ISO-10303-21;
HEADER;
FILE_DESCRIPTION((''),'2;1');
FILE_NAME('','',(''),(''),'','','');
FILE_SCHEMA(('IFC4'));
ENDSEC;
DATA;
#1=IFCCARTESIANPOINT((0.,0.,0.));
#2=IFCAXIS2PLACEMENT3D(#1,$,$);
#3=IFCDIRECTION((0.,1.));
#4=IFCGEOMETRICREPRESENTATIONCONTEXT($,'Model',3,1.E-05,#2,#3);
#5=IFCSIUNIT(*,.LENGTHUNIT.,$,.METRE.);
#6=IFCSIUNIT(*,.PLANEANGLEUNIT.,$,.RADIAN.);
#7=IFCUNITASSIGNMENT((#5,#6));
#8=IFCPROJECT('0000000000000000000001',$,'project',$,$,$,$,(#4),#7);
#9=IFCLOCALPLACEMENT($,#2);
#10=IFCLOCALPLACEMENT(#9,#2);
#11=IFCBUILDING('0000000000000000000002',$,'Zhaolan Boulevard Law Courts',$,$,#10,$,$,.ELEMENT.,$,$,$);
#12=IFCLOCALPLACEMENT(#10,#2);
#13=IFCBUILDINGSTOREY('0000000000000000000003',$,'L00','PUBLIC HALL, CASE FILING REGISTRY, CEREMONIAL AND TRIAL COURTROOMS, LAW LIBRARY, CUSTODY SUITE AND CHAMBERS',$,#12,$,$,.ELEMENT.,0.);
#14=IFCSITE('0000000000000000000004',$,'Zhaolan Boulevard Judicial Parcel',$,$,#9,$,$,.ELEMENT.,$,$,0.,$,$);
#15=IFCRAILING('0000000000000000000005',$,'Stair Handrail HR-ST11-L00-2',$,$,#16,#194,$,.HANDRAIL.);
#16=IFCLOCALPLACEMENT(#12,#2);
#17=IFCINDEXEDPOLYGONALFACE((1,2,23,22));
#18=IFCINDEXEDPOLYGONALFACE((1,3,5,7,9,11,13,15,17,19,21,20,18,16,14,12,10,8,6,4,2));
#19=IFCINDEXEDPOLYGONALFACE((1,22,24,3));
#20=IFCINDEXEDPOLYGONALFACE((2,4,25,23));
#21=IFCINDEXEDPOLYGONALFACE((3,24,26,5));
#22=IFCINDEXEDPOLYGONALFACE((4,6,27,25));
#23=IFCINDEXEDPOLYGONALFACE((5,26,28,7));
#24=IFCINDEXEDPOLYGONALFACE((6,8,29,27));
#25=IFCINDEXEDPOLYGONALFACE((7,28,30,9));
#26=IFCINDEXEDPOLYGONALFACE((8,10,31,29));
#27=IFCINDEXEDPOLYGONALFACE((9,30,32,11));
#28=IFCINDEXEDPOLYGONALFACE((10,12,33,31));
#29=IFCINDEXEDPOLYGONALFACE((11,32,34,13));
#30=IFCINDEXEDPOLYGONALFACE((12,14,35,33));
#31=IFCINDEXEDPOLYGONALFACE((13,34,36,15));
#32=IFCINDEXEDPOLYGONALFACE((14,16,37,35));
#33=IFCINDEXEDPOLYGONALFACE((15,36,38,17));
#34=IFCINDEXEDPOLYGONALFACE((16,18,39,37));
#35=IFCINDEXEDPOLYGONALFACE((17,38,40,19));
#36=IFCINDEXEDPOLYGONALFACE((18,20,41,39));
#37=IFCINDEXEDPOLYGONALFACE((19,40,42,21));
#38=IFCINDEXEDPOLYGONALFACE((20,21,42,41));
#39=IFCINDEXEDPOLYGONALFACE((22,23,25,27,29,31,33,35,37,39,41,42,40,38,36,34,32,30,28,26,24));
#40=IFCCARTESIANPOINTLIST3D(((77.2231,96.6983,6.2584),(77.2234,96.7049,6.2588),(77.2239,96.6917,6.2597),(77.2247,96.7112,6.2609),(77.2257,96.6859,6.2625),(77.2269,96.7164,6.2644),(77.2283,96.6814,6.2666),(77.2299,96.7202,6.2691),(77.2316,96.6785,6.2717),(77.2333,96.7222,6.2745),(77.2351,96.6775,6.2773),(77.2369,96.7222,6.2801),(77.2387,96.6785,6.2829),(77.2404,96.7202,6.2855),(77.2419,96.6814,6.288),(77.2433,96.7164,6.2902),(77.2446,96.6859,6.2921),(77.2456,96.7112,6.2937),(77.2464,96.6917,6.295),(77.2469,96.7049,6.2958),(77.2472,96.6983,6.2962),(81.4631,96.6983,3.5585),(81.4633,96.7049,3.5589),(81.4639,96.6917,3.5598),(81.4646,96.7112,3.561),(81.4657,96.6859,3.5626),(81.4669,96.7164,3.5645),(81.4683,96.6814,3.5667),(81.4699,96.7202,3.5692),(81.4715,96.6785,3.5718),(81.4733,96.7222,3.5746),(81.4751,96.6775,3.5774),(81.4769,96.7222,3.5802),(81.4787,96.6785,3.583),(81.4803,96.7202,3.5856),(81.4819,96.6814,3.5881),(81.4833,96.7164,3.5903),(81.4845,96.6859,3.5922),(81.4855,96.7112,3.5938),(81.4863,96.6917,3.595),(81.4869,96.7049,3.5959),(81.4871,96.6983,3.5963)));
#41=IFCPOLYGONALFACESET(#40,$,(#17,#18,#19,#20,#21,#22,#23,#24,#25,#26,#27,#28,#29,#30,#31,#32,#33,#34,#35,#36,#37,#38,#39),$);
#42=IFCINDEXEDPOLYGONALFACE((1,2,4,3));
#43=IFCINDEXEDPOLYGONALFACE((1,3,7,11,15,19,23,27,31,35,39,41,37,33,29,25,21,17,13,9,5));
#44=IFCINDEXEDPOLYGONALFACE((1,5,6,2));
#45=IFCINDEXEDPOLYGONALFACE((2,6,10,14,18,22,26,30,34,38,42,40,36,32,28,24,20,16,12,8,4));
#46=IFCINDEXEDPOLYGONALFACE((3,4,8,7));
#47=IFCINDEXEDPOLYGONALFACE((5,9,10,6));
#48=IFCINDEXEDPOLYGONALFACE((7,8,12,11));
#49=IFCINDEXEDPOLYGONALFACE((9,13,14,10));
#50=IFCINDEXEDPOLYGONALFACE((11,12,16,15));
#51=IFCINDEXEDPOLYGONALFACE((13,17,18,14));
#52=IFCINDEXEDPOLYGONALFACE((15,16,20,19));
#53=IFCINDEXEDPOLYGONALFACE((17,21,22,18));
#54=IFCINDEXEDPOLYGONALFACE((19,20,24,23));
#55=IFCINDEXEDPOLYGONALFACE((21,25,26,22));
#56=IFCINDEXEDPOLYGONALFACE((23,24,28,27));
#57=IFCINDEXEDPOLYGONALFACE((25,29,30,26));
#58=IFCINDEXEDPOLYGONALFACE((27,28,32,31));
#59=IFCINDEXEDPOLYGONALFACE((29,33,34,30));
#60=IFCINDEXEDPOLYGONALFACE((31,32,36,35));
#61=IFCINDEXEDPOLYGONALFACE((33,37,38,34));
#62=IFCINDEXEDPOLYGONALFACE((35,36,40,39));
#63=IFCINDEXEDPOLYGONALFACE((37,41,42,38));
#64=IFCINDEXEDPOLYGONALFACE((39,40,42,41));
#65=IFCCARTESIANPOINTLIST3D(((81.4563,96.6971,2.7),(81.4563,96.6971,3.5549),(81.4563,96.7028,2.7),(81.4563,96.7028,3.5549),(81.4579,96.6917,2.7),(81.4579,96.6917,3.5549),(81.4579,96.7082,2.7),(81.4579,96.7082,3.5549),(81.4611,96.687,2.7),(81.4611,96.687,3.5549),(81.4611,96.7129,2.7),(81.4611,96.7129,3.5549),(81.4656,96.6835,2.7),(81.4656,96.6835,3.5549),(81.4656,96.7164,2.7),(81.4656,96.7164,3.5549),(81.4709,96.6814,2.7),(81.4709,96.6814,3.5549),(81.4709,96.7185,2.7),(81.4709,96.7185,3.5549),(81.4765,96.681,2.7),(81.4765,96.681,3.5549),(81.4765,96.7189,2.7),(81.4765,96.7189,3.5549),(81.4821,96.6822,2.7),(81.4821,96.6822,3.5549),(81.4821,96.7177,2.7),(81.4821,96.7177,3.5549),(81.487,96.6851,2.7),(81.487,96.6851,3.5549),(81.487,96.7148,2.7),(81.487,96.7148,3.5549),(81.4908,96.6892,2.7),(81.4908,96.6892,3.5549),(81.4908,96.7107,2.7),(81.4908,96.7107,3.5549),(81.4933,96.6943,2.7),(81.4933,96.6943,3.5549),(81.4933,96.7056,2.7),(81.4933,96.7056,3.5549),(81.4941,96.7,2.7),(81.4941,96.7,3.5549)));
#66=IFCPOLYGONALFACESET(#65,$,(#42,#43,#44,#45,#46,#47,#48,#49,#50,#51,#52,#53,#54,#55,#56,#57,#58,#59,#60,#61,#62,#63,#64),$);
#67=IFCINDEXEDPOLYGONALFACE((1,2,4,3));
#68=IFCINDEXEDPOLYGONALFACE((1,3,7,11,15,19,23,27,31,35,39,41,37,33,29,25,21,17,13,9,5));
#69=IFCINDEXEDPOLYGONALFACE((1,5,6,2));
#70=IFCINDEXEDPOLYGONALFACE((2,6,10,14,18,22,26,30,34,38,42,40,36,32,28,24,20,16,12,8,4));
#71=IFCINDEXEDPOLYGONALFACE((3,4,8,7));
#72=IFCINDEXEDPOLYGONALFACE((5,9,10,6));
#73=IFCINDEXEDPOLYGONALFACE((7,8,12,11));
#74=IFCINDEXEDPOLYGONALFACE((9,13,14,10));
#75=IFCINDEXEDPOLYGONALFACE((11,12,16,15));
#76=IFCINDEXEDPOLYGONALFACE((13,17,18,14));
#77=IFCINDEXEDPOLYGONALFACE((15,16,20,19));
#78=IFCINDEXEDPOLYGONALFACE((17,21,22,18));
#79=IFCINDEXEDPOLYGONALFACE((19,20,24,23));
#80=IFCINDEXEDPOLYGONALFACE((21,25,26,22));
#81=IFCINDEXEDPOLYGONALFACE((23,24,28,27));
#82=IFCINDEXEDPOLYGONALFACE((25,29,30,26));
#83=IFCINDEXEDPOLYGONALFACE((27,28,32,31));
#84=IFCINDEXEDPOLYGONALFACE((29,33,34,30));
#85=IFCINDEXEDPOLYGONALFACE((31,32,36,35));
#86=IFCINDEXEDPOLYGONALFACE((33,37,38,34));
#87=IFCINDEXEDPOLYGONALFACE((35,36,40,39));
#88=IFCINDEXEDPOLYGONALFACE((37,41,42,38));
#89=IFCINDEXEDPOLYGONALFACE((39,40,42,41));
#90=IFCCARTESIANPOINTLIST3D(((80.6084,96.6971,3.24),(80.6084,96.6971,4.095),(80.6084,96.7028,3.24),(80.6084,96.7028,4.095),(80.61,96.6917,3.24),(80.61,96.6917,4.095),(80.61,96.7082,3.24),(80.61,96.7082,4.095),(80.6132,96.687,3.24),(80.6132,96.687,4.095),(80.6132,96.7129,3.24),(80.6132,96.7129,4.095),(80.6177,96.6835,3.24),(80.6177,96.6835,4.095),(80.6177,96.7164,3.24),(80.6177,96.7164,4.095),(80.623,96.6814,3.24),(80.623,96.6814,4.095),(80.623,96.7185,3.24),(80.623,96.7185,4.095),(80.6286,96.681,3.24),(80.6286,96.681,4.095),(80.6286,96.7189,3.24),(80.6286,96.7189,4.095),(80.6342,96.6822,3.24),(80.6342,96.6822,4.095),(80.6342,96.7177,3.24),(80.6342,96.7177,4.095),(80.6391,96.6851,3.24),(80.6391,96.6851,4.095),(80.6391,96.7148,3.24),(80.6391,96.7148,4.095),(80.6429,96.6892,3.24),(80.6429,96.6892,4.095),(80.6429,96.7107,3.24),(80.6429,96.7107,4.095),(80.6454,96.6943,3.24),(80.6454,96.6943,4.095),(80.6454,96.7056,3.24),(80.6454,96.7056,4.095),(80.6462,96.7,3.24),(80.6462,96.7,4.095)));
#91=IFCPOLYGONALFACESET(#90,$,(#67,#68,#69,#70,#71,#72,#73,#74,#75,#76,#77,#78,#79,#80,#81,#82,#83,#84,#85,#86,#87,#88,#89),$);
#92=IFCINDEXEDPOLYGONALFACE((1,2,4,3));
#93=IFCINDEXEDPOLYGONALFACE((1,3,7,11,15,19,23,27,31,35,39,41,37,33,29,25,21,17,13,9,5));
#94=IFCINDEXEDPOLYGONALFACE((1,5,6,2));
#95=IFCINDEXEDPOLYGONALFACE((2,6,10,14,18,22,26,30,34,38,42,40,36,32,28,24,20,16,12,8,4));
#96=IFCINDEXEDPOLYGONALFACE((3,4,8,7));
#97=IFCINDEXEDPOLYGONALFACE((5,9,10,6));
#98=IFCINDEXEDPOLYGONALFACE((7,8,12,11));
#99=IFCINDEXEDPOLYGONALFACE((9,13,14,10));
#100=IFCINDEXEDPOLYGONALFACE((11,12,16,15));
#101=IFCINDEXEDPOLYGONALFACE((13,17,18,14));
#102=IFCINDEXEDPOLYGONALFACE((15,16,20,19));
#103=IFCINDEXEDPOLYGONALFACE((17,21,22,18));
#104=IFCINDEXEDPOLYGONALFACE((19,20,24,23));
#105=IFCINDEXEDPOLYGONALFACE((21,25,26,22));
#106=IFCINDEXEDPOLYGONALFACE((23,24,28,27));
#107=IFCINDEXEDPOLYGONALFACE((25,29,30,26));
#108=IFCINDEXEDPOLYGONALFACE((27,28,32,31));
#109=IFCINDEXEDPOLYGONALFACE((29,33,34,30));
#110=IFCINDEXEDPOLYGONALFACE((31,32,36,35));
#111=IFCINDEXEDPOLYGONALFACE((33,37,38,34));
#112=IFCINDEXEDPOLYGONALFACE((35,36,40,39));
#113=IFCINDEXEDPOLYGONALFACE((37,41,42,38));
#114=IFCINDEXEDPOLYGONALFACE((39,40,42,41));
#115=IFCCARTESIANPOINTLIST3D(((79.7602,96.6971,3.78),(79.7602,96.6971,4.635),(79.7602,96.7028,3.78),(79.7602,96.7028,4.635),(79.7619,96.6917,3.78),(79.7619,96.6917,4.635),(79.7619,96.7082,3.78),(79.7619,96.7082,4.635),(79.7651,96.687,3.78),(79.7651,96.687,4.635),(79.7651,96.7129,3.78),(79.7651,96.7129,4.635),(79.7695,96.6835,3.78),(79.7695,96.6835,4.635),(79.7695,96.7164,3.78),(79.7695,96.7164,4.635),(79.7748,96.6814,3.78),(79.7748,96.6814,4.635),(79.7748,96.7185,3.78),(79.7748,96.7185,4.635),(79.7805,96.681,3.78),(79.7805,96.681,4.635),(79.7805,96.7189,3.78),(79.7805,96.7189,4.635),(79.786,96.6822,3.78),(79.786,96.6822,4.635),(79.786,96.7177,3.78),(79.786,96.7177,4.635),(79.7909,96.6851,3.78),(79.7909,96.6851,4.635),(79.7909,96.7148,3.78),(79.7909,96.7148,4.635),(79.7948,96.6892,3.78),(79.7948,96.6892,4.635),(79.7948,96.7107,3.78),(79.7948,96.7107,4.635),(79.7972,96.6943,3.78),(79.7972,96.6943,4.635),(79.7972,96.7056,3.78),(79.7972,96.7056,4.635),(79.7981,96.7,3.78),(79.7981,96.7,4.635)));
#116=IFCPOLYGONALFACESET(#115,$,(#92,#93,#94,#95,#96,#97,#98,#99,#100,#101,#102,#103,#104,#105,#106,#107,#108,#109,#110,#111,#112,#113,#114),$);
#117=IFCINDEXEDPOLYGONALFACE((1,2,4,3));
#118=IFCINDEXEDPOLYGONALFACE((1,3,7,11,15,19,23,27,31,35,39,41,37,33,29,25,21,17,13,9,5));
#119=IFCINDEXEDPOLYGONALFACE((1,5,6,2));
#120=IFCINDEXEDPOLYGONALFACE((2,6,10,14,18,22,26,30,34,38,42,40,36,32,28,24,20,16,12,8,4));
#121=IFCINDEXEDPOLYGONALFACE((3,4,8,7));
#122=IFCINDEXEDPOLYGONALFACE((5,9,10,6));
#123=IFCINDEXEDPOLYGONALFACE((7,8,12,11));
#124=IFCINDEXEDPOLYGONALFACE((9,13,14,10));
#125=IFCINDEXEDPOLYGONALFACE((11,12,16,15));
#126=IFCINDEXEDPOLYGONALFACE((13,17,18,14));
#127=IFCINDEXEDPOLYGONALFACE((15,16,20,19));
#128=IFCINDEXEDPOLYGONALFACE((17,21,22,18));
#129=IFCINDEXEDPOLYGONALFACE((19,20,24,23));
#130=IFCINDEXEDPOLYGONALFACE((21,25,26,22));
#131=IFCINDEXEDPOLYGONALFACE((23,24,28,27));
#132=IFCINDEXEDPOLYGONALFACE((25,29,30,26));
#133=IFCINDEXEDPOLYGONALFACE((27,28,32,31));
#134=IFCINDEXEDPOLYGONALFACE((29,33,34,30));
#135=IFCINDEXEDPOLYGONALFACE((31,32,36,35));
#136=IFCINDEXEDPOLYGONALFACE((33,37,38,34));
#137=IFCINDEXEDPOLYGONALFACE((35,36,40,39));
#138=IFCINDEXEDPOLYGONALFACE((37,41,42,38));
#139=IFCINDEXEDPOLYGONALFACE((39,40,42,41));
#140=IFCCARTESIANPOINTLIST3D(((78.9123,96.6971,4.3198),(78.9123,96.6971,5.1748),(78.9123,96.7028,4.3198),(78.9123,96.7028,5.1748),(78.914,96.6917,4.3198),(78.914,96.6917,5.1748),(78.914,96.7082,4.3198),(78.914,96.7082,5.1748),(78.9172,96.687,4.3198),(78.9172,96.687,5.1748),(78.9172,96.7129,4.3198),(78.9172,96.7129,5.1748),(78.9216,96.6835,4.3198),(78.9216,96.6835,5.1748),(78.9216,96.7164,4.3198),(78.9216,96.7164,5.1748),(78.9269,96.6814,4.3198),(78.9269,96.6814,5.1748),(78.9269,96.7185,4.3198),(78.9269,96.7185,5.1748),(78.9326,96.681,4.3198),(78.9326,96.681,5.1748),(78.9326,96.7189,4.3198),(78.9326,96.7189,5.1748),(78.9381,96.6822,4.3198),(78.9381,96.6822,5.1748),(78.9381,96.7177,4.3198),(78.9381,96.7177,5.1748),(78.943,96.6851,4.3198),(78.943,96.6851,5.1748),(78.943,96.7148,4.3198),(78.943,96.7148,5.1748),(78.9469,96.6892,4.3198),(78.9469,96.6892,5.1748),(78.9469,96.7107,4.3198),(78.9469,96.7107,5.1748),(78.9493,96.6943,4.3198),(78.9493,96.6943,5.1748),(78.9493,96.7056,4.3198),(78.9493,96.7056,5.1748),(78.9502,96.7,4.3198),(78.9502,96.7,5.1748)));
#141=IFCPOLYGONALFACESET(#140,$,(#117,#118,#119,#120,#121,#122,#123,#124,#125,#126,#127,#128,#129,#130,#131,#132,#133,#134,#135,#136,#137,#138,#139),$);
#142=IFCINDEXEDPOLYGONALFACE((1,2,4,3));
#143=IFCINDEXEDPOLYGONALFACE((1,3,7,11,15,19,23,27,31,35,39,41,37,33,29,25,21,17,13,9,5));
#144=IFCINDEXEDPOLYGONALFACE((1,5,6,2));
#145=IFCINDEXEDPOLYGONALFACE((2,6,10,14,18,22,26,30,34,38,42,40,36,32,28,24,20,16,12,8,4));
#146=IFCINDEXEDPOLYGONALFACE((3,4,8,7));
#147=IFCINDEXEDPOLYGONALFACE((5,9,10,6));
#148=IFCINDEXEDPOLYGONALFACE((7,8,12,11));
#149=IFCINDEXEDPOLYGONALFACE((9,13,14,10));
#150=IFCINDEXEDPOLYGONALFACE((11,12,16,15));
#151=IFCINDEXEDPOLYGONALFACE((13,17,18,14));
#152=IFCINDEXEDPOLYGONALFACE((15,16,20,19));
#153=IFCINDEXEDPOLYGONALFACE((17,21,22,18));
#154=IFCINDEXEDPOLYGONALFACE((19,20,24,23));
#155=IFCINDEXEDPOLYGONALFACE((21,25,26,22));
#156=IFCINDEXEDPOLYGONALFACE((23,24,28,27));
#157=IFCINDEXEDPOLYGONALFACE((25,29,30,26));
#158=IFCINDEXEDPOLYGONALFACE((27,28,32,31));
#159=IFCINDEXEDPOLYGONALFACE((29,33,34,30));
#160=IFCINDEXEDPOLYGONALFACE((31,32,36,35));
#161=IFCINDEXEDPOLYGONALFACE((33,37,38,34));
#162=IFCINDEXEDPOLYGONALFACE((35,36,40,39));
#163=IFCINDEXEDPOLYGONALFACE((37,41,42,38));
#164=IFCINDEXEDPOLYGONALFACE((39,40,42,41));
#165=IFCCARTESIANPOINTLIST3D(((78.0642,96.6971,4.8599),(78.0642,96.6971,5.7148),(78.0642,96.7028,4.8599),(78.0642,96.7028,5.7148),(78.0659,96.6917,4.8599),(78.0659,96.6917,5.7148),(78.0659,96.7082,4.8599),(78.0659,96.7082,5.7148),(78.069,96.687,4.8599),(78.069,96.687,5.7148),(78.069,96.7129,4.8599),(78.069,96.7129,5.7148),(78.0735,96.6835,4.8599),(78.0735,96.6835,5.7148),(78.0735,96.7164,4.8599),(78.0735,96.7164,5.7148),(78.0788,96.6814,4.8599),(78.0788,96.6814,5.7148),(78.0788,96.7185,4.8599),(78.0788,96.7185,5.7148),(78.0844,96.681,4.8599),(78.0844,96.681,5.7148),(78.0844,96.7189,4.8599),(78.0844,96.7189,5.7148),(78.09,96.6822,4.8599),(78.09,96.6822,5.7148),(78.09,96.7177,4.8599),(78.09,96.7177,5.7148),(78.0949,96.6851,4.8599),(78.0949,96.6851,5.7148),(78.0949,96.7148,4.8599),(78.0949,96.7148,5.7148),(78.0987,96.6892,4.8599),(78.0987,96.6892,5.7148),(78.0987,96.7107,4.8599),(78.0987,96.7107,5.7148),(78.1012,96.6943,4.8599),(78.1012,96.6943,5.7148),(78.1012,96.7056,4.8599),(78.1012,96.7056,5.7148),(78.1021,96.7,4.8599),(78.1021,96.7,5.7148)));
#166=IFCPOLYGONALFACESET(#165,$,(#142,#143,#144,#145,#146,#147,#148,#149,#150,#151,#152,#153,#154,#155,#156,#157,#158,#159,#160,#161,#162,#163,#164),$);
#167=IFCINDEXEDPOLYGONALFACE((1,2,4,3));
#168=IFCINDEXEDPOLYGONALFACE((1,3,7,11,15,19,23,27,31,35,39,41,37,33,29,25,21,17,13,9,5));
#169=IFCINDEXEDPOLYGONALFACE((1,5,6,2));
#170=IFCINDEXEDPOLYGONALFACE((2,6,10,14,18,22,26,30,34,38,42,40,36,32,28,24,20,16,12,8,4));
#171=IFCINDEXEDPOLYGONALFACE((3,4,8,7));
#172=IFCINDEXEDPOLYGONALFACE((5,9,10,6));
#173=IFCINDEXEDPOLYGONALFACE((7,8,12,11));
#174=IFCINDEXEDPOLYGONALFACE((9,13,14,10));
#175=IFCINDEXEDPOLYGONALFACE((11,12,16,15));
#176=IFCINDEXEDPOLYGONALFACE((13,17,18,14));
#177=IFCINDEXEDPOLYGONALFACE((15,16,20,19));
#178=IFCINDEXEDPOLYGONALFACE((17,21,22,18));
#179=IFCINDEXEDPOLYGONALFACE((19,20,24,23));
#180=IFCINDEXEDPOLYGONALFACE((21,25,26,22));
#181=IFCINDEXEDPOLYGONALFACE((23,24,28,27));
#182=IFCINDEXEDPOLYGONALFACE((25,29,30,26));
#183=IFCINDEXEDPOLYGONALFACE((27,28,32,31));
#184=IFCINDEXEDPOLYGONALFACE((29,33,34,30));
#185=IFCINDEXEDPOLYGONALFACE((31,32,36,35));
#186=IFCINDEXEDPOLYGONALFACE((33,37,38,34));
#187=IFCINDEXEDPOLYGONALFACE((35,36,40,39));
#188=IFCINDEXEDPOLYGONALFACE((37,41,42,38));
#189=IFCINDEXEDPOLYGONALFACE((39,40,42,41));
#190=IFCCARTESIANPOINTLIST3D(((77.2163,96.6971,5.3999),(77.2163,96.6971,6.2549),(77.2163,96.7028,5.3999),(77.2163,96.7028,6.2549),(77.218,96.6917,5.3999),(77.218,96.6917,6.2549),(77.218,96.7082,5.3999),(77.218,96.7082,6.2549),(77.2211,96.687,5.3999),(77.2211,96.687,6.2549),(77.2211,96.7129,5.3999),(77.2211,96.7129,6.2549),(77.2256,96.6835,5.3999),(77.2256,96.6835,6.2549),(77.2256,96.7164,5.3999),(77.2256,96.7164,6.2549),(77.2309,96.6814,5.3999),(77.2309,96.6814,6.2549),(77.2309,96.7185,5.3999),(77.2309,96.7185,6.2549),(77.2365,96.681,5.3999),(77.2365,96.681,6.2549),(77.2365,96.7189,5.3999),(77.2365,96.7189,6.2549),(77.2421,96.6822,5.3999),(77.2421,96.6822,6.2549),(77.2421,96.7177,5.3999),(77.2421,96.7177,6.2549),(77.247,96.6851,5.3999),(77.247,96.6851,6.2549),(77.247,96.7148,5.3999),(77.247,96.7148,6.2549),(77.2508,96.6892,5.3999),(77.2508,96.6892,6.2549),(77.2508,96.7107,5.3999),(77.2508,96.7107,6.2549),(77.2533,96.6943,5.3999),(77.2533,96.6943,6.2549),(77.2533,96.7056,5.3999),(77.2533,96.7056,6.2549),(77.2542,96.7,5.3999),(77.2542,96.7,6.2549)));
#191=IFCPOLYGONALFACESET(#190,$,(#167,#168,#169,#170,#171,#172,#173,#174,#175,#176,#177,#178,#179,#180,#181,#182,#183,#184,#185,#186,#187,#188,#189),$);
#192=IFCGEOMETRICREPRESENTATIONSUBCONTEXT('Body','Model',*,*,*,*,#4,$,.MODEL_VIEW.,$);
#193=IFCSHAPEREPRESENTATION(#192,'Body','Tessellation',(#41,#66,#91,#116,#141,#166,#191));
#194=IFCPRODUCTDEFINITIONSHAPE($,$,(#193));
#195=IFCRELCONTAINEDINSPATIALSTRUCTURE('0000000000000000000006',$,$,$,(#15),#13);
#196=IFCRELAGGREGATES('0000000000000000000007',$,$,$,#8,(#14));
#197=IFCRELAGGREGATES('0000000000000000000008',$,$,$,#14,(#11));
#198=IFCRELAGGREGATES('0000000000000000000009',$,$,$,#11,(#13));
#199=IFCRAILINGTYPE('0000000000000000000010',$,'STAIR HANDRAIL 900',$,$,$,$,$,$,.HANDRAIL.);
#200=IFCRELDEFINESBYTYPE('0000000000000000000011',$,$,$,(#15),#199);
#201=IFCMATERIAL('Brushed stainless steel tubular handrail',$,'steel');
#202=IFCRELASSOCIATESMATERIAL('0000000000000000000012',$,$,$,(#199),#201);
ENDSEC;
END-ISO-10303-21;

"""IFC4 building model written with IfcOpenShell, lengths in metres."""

from ifc_helpers import new_model, si_unit, direction, frame, origin, origin_2d, place, context, subcontext, project, spatial, circle, extrude, material, type_object, element, save


model = new_model("IFC4")

# Units and contexts
model_context = context("Model", 3, precision=1e-05, world=origin(), true_north=direction((0.0, 1.0)))
body_context = subcontext(model_context, "Body", "Model", "MODEL_VIEW")
ifc_project = project(units=[si_unit("LENGTHUNIT", "METRE"), si_unit("PLANEANGLEUNIT", "RADIAN")], contexts=[model_context])

# Site, building, storey
site_placement = place(None, origin())
site = spatial("IfcSite", under=ifc_project, at=site_placement, Name="Zhaolan Boulevard Judicial Parcel", CompositionType="ELEMENT", RefElevation=0.0)
building_placement = place(site_placement, origin())
building = spatial("IfcBuilding", under=site, at=building_placement, Name="Zhaolan Boulevard Law Courts", CompositionType="ELEMENT")
storey_placement = place(building_placement, origin())
storey = spatial("IfcBuildingStorey", under=building, at=storey_placement, Name="L00", Description="PUBLIC HALL, CASE FILING REGISTRY, CEREMONIAL AND TRIAL COURTROOMS, LAW LIBRARY, CUSTODY SUITE AND CHAMBERS", CompositionType="ELEMENT", Elevation=0.0)

# Railing
ifc_material_1 = material(Name="Brushed stainless steel tubular handrail", Category="steel")
railing_type_1 = type_object("IfcRailingType", Name="STAIR HANDRAIL 900", PredefinedType="HANDRAIL", material=ifc_material_1)
railing_1_placement = place(storey_placement, frame((81.4751, 96.7, 2.7)))
element("IfcRailing", 1, at=railing_1_placement, inside=storey, type_object=railing_type_1, Name="Stair Handrail HR-ST11-L00-2", PredefinedType="HANDRAIL", context=body_context, shape_type="SweptSolid", body=[
    extrude(circle(Radius=0.0225, at=origin_2d()), frame((0.0, 0.0, 0.8774), z_axis=(-0.843501, 0.0, 0.537127), x_axis=(0.0, -1.0, 0.0)), (0.0, 0.0, 1.0), 5.0266),
    extrude(circle(Radius=0.019, at=origin_2d()), origin(), (0.0, 0.0, 1.0), 0.855),
    extrude(circle(Radius=0.019, at=origin_2d()), frame((-0.8479, 0.0, 0.54)), (0.0, 0.0, 1.0), 0.855),
    extrude(circle(Radius=0.019, at=origin_2d()), frame((-1.696, 0.0, 1.0801)), (0.0, 0.0, 1.0), 0.855),
    extrude(circle(Radius=0.019, at=origin_2d()), frame((-2.5439, 0.0, 1.6199)), (0.0, 0.0, 1.0), 0.855),
    extrude(circle(Radius=0.019, at=origin_2d()), frame((-3.3921, 0.0, 2.1599)), (0.0, 0.0, 1.0), 0.855),
    extrude(circle(Radius=0.019, at=origin_2d()), frame((-4.24, 0.0, 2.7)), (0.0, 0.0, 1.0), 0.855),
])

save(model, "model.ifc")
